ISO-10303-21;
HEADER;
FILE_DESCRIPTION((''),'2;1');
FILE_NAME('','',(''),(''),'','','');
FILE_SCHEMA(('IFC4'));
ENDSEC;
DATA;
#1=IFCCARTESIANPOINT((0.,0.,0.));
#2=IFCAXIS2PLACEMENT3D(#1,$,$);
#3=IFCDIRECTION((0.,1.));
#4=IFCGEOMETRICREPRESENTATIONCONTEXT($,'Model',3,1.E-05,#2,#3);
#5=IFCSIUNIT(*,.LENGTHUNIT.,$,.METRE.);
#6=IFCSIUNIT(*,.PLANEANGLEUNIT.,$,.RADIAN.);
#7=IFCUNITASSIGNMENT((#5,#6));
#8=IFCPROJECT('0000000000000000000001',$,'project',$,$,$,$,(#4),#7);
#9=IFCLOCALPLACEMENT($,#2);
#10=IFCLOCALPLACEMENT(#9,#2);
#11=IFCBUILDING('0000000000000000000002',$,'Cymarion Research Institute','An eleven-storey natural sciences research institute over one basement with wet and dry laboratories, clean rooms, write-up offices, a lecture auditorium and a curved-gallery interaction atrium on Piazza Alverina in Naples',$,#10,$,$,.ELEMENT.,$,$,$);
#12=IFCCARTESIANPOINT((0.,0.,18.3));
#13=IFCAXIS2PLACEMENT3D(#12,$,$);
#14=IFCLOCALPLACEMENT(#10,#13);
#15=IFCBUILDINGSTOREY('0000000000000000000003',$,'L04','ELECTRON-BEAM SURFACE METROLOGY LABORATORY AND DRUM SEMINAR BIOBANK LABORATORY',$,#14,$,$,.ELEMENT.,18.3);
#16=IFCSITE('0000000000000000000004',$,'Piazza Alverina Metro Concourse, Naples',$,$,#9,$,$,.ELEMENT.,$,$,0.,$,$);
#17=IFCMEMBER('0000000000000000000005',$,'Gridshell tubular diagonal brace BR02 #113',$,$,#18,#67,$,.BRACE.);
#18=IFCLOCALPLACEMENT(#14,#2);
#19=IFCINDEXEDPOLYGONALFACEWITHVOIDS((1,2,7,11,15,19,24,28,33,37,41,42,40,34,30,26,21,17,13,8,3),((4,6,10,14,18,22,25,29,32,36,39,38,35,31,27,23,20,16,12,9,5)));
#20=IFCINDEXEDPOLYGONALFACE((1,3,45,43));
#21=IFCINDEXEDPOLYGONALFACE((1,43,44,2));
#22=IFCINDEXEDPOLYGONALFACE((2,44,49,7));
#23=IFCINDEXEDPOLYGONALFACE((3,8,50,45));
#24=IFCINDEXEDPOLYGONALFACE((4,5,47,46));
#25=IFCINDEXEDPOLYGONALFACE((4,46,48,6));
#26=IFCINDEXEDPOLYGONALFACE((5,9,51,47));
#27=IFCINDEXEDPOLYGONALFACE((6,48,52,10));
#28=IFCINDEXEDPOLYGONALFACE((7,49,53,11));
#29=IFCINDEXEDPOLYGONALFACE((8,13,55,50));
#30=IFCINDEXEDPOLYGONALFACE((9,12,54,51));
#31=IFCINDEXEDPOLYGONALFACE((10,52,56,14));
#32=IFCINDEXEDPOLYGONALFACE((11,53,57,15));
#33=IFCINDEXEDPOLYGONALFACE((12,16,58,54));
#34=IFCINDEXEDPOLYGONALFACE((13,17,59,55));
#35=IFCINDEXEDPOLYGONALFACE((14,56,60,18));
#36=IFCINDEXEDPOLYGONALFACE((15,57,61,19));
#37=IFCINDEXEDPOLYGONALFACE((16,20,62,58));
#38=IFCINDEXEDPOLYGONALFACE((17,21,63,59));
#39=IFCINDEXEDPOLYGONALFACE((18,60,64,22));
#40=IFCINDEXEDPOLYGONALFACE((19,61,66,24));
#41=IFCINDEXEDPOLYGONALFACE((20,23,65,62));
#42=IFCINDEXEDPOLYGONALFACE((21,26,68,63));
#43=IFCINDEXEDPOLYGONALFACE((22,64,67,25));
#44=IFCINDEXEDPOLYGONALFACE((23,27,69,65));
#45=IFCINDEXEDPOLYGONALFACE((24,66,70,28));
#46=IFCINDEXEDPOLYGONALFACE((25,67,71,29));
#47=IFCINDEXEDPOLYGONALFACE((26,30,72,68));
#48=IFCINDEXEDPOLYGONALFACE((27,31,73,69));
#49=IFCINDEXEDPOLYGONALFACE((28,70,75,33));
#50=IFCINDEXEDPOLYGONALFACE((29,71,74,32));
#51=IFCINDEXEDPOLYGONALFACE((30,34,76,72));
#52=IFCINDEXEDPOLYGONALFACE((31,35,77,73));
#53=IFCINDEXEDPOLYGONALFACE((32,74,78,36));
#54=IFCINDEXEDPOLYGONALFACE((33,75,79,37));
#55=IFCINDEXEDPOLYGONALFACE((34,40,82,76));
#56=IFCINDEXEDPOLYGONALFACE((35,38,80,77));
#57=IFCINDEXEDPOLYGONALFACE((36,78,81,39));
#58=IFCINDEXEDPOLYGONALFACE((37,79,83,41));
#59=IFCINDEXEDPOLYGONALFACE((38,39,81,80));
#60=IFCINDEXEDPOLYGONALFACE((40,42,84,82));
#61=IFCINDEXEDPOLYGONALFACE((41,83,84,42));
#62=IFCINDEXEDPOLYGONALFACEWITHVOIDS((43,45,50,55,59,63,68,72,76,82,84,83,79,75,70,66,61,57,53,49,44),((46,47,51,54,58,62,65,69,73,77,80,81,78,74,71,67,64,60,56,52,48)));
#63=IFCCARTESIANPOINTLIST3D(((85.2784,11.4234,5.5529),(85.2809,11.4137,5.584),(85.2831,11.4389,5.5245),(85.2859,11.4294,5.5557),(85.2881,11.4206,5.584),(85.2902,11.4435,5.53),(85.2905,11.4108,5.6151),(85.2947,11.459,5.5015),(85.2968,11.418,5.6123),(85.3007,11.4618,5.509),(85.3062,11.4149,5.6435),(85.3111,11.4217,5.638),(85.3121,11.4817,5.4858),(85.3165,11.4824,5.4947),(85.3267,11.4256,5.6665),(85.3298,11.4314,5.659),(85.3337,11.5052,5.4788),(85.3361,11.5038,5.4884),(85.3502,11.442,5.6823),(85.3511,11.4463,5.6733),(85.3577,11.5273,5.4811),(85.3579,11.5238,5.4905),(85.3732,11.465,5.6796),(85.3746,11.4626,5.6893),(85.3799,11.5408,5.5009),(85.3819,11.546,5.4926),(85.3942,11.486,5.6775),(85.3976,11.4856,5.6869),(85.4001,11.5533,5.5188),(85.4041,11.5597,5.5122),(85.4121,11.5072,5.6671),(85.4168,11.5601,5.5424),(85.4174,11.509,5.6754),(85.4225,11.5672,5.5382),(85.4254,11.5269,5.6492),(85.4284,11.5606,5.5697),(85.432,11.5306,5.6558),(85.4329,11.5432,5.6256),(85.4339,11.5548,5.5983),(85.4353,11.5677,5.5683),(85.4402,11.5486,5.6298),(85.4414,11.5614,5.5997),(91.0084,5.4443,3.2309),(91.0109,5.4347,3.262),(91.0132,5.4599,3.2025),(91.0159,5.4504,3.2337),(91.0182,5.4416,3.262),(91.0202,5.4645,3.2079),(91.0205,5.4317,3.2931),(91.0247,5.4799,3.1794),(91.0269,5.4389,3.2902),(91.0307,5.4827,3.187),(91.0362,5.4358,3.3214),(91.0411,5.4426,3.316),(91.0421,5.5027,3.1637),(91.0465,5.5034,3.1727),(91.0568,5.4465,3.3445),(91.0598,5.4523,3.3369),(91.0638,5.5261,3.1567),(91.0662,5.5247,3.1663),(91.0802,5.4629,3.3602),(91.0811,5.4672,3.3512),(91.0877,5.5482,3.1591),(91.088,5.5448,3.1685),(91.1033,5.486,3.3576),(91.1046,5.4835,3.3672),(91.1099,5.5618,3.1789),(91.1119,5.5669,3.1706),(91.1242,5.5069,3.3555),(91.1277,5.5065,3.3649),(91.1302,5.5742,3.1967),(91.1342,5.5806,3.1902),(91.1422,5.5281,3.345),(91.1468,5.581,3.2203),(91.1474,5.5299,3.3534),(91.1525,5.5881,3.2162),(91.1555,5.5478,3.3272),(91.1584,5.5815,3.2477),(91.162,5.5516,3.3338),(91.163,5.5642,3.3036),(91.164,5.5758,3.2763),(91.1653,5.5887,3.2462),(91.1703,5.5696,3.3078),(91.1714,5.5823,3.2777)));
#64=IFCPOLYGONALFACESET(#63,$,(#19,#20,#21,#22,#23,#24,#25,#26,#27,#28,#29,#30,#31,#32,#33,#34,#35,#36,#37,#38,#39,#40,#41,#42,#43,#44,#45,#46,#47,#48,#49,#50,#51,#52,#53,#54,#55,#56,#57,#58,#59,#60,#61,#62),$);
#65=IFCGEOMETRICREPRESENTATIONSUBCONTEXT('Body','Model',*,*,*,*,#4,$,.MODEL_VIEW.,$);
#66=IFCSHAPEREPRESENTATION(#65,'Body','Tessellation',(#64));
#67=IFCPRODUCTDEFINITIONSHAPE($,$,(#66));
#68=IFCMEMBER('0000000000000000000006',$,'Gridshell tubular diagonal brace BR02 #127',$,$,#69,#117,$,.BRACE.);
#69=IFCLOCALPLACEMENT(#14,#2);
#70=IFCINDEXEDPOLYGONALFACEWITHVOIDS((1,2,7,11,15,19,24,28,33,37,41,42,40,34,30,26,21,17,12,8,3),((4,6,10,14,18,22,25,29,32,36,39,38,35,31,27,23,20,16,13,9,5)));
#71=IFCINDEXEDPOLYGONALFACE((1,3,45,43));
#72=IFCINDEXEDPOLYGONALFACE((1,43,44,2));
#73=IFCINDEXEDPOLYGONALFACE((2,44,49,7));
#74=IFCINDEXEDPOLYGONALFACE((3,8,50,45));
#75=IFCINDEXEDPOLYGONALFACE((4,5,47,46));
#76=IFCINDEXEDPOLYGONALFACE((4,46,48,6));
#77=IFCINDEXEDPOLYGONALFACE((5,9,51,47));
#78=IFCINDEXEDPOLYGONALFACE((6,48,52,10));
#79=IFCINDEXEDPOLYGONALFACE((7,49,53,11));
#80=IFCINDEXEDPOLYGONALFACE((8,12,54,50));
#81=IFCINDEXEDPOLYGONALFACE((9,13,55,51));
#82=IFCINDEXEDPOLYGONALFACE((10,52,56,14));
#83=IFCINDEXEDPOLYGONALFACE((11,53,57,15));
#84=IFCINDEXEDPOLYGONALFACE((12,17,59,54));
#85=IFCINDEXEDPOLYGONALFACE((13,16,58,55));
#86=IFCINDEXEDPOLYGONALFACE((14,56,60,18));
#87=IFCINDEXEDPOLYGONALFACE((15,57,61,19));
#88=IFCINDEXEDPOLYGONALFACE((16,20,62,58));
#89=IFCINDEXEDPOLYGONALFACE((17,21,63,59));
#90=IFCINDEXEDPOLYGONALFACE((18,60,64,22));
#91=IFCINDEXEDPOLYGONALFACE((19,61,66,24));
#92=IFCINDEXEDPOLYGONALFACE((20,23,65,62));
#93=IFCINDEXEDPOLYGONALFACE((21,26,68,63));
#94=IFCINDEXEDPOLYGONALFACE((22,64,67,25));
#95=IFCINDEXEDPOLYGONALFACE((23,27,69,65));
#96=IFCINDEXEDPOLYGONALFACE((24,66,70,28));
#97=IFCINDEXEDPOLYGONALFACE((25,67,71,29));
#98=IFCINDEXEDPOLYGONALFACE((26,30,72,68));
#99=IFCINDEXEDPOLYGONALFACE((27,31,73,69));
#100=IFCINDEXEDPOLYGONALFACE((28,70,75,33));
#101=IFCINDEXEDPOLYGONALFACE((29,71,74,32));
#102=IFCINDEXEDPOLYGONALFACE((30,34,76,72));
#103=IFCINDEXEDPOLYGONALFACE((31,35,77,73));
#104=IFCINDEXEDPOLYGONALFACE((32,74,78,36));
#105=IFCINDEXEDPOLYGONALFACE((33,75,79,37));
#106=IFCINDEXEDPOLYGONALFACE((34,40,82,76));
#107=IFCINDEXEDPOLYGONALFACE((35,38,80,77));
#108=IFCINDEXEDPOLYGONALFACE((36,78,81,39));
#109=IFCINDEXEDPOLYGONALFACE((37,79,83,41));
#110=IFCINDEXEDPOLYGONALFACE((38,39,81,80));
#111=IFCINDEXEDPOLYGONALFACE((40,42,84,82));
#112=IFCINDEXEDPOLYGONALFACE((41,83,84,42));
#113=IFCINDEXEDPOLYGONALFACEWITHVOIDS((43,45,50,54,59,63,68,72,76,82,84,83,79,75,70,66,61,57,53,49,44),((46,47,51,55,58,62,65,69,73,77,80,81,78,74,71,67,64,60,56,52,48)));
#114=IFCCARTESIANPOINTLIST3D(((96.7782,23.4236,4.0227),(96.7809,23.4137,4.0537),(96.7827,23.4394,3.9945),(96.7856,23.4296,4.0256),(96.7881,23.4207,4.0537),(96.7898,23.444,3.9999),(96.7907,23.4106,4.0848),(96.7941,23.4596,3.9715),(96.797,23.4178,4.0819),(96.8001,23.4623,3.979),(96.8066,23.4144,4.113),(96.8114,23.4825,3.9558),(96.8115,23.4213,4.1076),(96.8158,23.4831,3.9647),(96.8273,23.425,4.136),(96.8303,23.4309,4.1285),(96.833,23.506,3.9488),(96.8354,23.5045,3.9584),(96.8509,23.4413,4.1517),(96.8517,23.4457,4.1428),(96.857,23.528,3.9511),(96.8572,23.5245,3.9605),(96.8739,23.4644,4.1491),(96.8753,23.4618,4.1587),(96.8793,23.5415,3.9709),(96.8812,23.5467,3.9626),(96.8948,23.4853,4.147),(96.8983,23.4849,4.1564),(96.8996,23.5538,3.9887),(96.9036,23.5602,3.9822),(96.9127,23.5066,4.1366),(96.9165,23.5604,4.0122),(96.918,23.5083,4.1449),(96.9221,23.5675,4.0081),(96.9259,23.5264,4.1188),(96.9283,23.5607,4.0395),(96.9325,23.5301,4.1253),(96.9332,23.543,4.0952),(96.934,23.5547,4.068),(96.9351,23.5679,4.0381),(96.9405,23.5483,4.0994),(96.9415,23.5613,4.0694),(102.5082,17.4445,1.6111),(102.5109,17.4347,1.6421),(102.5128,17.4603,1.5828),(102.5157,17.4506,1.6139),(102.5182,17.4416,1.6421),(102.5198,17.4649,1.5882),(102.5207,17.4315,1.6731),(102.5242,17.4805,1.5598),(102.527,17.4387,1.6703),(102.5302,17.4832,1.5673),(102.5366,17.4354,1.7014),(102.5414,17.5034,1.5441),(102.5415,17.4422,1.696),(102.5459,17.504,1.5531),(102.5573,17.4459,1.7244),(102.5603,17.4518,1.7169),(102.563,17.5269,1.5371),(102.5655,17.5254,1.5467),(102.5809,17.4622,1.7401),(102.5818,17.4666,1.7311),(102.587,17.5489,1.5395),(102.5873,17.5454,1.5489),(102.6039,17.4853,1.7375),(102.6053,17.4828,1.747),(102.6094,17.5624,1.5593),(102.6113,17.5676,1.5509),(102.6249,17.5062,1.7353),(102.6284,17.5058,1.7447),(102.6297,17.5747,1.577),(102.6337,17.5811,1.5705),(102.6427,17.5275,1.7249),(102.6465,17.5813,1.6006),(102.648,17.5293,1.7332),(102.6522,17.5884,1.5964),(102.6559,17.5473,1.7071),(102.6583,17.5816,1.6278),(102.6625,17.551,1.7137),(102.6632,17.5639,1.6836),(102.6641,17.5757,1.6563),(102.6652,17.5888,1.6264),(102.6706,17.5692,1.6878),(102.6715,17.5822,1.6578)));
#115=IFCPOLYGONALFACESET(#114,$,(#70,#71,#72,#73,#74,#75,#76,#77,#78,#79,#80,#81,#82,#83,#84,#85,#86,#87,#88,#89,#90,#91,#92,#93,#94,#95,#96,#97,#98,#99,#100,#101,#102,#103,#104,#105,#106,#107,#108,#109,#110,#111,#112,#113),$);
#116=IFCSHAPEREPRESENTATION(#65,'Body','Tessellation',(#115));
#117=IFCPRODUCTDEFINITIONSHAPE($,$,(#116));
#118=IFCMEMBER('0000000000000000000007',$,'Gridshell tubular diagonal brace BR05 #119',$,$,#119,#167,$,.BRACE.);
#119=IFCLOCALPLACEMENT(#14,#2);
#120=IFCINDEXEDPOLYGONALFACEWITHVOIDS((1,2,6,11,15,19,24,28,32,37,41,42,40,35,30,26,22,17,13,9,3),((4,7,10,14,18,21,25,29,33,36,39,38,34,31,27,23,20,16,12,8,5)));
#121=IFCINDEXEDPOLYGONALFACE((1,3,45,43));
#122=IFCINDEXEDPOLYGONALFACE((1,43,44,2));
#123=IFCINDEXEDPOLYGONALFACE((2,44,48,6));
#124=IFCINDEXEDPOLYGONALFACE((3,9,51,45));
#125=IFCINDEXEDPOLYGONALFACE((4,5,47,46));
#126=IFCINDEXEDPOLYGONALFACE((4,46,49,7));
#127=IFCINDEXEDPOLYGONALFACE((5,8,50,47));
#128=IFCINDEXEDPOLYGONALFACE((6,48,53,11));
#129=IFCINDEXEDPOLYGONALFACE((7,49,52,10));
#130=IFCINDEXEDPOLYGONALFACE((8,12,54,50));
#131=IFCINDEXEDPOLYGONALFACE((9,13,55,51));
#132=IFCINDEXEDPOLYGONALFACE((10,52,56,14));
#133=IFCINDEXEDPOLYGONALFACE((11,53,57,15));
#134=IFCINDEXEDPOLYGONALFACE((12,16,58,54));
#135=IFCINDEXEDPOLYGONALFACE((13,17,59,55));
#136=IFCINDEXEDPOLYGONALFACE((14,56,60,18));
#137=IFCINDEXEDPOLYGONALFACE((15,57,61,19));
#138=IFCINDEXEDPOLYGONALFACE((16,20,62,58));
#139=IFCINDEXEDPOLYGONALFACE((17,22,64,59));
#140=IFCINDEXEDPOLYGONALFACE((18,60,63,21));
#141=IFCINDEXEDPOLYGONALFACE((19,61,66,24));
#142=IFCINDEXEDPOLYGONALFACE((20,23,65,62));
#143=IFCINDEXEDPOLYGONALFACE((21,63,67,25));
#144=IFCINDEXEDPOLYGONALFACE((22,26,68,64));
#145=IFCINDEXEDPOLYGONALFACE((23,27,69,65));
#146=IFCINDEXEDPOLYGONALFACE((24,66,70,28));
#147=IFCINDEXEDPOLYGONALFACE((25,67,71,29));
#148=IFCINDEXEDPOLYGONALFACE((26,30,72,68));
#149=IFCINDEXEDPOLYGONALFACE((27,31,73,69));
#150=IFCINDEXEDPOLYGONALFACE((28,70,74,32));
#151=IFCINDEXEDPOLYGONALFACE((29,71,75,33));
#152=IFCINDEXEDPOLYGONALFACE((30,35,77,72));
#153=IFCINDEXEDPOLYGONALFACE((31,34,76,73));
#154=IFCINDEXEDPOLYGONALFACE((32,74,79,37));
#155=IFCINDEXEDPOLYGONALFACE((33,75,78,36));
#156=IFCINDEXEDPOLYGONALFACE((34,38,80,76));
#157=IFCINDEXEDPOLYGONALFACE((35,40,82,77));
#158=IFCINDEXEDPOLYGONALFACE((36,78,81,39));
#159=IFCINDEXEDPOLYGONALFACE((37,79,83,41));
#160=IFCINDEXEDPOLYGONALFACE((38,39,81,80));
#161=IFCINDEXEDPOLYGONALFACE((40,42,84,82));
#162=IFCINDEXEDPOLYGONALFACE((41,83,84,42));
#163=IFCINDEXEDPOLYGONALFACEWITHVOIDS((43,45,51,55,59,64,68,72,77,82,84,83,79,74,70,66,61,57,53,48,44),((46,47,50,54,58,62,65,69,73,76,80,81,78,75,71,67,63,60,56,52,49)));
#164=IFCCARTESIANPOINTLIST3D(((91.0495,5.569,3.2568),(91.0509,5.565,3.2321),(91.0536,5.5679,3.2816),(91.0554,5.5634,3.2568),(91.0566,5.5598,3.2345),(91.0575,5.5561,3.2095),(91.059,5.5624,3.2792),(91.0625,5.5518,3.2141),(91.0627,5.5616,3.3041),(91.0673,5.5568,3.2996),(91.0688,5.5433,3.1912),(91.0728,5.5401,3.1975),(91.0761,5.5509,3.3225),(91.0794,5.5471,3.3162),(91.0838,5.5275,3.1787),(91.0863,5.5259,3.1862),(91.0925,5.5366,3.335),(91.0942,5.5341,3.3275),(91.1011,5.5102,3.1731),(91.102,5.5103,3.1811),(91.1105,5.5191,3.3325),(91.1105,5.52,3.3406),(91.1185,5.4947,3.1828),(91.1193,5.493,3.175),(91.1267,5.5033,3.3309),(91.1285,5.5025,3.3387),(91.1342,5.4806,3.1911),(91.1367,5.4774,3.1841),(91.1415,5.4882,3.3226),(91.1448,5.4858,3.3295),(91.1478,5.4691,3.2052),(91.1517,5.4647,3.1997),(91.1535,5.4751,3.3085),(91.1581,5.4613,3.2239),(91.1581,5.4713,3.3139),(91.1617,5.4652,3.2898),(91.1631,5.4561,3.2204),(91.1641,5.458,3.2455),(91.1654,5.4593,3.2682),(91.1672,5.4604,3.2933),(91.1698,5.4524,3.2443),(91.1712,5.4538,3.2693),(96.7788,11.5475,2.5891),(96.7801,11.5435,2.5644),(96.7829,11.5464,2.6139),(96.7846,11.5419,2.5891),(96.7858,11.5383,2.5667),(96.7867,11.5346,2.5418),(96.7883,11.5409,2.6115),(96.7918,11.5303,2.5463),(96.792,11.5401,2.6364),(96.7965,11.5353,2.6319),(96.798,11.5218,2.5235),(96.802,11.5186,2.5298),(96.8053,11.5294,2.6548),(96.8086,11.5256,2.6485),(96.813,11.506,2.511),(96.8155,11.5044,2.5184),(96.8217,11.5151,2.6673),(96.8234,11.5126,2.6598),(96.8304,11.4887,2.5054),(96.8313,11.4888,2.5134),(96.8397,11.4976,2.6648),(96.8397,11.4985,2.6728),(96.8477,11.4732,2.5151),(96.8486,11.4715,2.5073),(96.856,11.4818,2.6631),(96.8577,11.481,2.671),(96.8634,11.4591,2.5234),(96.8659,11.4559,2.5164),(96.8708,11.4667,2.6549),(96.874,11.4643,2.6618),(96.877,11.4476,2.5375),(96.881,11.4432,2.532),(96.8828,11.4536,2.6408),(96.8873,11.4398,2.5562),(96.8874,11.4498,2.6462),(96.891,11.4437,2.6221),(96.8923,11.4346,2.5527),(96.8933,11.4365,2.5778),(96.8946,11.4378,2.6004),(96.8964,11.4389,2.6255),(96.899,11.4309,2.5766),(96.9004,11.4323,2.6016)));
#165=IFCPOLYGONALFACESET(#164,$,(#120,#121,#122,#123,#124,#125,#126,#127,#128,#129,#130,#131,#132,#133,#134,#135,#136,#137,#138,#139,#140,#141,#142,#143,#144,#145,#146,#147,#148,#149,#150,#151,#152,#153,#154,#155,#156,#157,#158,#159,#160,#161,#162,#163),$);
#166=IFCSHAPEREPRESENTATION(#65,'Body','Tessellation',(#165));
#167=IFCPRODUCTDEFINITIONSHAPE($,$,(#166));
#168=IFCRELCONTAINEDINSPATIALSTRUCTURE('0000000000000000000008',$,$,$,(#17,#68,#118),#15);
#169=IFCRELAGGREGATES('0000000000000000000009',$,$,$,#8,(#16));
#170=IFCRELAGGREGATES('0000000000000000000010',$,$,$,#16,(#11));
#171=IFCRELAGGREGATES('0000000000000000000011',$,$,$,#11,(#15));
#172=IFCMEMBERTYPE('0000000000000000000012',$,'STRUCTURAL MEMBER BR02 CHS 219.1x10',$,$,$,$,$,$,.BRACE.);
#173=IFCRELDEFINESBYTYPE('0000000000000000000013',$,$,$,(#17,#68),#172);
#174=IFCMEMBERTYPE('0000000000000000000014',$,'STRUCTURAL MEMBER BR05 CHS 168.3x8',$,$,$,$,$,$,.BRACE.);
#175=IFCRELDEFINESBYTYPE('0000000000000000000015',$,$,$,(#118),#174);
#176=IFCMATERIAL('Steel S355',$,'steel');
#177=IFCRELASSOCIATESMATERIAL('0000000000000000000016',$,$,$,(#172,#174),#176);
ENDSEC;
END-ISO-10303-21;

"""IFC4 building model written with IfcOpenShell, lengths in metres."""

from ifc_helpers import new_model, si_unit, direction, frame, origin, origin_2d, place, context, subcontext, project, spatial, hollow_circle, extrude, material, material_profile, profile_set, type_object, element, save


model = new_model("IFC4")

# Units and contexts
model_context = context("Model", 3, precision=1e-05, world=origin(), true_north=direction((0.0, 1.0)))
body_context = subcontext(model_context, "Body", "Model", "MODEL_VIEW")
ifc_project = project(units=[si_unit("LENGTHUNIT", "METRE"), si_unit("PLANEANGLEUNIT", "RADIAN")], contexts=[model_context])

# Site, building, storey
site_placement = place(None, origin())
site = spatial("IfcSite", under=ifc_project, at=site_placement, Name="Piazza Alverina Metro Concourse, Naples", CompositionType="ELEMENT", RefElevation=0.0)
building_placement = place(site_placement, origin())
building = spatial("IfcBuilding", under=site, at=building_placement, Name="Cymarion Research Institute", Description="An eleven-storey natural sciences research institute over one basement with wet and dry laboratories, clean rooms, write-up offices, a lecture auditorium and a curved-gallery interaction atrium on Piazza Alverina in Naples", CompositionType="ELEMENT")
storey_placement = place(building_placement, frame((0.0, 0.0, 18.3)))
storey = spatial("IfcBuildingStorey", under=building, at=storey_placement, Name="L04", Description="ELECTRON-BEAM SURFACE METROLOGY LABORATORY AND DRUM SEMINAR BIOBANK LABORATORY", CompositionType="ELEMENT", Elevation=18.3)

# Shared definitions
ifc_material_1 = material(Name="Steel S355", Category="steel")

# Members
ifc_material_profile_1 = material_profile(ifc_material_1, hollow_circle(Radius=0.1096, WallThickness=0.01, at=origin_2d()), Name="CHS 219.1x10")
ifc_profile_set_1 = profile_set([ifc_material_profile_1], Name="Steel S355")
member_type_1 = type_object("IfcMemberType", Name="STRUCTURAL MEMBER BR02 CHS 219.1x10", PredefinedType="BRACE", material=ifc_profile_set_1)
member_1_placement = place(storey_placement, frame((91.0901, 5.5105, 3.262), z_axis=(-0.666218, 0.695172, 0.269979), x_axis=(-0.721982, -0.691912, 0.0)))
element("IfcMember", 1, at=member_1_placement, inside=storey, type_object=member_type_1, Name="Gridshell tubular diagonal brace BR02 #113", PredefinedType="BRACE", context=body_context, shape_type="SweptSolid", body=[
    extrude(hollow_circle(Radius=0.1096, WallThickness=0.01, at=origin_2d()), origin(), (0.0, 0.0, 1.0), 8.6008),
])
member_2_placement = place(storey_placement, frame((102.5901, 17.5105, 1.6421), z_axis=(-0.664317, 0.693188, 0.279596), x_axis=(-0.721982, -0.691912, 0.0)))
element("IfcMember", 2, at=member_2_placement, inside=storey, type_object=member_type_1, Name="Gridshell tubular diagonal brace BR02 #127", PredefinedType="BRACE", context=body_context, shape_type="SweptSolid", body=[
    extrude(hollow_circle(Radius=0.1096, WallThickness=0.01, at=origin_2d()), origin(), (0.0, 0.0, 1.0), 8.6255),
])
ifc_material_profile_2 = material_profile(ifc_material_1, hollow_circle(Radius=0.0842, WallThickness=0.0081, at=origin_2d()), Name="CHS 168.3x8")
ifc_profile_set_2 = profile_set([ifc_material_profile_2], Name="Steel S355")
member_type_2 = type_object("IfcMemberType", Name="STRUCTURAL MEMBER BR05 CHS 168.3x8", PredefinedType="BRACE", material=ifc_profile_set_2)
member_3_placement = place(storey_placement, frame((91.1104, 5.5107, 3.2568), z_axis=(0.689657, 0.719662, -0.080377), x_axis=(-0.721998, 0.691895, 0.0)))
element("IfcMember", 3, at=member_3_placement, inside=storey, type_object=member_type_2, Name="Gridshell tubular diagonal brace BR05 #119", PredefinedType="BRACE", context=body_context, shape_type="SweptSolid", body=[
    extrude(hollow_circle(Radius=0.0842, WallThickness=0.0081, at=origin_2d()), origin(), (0.0, 0.0, 1.0), 8.3074),
])

save(model, "model.ifc")
